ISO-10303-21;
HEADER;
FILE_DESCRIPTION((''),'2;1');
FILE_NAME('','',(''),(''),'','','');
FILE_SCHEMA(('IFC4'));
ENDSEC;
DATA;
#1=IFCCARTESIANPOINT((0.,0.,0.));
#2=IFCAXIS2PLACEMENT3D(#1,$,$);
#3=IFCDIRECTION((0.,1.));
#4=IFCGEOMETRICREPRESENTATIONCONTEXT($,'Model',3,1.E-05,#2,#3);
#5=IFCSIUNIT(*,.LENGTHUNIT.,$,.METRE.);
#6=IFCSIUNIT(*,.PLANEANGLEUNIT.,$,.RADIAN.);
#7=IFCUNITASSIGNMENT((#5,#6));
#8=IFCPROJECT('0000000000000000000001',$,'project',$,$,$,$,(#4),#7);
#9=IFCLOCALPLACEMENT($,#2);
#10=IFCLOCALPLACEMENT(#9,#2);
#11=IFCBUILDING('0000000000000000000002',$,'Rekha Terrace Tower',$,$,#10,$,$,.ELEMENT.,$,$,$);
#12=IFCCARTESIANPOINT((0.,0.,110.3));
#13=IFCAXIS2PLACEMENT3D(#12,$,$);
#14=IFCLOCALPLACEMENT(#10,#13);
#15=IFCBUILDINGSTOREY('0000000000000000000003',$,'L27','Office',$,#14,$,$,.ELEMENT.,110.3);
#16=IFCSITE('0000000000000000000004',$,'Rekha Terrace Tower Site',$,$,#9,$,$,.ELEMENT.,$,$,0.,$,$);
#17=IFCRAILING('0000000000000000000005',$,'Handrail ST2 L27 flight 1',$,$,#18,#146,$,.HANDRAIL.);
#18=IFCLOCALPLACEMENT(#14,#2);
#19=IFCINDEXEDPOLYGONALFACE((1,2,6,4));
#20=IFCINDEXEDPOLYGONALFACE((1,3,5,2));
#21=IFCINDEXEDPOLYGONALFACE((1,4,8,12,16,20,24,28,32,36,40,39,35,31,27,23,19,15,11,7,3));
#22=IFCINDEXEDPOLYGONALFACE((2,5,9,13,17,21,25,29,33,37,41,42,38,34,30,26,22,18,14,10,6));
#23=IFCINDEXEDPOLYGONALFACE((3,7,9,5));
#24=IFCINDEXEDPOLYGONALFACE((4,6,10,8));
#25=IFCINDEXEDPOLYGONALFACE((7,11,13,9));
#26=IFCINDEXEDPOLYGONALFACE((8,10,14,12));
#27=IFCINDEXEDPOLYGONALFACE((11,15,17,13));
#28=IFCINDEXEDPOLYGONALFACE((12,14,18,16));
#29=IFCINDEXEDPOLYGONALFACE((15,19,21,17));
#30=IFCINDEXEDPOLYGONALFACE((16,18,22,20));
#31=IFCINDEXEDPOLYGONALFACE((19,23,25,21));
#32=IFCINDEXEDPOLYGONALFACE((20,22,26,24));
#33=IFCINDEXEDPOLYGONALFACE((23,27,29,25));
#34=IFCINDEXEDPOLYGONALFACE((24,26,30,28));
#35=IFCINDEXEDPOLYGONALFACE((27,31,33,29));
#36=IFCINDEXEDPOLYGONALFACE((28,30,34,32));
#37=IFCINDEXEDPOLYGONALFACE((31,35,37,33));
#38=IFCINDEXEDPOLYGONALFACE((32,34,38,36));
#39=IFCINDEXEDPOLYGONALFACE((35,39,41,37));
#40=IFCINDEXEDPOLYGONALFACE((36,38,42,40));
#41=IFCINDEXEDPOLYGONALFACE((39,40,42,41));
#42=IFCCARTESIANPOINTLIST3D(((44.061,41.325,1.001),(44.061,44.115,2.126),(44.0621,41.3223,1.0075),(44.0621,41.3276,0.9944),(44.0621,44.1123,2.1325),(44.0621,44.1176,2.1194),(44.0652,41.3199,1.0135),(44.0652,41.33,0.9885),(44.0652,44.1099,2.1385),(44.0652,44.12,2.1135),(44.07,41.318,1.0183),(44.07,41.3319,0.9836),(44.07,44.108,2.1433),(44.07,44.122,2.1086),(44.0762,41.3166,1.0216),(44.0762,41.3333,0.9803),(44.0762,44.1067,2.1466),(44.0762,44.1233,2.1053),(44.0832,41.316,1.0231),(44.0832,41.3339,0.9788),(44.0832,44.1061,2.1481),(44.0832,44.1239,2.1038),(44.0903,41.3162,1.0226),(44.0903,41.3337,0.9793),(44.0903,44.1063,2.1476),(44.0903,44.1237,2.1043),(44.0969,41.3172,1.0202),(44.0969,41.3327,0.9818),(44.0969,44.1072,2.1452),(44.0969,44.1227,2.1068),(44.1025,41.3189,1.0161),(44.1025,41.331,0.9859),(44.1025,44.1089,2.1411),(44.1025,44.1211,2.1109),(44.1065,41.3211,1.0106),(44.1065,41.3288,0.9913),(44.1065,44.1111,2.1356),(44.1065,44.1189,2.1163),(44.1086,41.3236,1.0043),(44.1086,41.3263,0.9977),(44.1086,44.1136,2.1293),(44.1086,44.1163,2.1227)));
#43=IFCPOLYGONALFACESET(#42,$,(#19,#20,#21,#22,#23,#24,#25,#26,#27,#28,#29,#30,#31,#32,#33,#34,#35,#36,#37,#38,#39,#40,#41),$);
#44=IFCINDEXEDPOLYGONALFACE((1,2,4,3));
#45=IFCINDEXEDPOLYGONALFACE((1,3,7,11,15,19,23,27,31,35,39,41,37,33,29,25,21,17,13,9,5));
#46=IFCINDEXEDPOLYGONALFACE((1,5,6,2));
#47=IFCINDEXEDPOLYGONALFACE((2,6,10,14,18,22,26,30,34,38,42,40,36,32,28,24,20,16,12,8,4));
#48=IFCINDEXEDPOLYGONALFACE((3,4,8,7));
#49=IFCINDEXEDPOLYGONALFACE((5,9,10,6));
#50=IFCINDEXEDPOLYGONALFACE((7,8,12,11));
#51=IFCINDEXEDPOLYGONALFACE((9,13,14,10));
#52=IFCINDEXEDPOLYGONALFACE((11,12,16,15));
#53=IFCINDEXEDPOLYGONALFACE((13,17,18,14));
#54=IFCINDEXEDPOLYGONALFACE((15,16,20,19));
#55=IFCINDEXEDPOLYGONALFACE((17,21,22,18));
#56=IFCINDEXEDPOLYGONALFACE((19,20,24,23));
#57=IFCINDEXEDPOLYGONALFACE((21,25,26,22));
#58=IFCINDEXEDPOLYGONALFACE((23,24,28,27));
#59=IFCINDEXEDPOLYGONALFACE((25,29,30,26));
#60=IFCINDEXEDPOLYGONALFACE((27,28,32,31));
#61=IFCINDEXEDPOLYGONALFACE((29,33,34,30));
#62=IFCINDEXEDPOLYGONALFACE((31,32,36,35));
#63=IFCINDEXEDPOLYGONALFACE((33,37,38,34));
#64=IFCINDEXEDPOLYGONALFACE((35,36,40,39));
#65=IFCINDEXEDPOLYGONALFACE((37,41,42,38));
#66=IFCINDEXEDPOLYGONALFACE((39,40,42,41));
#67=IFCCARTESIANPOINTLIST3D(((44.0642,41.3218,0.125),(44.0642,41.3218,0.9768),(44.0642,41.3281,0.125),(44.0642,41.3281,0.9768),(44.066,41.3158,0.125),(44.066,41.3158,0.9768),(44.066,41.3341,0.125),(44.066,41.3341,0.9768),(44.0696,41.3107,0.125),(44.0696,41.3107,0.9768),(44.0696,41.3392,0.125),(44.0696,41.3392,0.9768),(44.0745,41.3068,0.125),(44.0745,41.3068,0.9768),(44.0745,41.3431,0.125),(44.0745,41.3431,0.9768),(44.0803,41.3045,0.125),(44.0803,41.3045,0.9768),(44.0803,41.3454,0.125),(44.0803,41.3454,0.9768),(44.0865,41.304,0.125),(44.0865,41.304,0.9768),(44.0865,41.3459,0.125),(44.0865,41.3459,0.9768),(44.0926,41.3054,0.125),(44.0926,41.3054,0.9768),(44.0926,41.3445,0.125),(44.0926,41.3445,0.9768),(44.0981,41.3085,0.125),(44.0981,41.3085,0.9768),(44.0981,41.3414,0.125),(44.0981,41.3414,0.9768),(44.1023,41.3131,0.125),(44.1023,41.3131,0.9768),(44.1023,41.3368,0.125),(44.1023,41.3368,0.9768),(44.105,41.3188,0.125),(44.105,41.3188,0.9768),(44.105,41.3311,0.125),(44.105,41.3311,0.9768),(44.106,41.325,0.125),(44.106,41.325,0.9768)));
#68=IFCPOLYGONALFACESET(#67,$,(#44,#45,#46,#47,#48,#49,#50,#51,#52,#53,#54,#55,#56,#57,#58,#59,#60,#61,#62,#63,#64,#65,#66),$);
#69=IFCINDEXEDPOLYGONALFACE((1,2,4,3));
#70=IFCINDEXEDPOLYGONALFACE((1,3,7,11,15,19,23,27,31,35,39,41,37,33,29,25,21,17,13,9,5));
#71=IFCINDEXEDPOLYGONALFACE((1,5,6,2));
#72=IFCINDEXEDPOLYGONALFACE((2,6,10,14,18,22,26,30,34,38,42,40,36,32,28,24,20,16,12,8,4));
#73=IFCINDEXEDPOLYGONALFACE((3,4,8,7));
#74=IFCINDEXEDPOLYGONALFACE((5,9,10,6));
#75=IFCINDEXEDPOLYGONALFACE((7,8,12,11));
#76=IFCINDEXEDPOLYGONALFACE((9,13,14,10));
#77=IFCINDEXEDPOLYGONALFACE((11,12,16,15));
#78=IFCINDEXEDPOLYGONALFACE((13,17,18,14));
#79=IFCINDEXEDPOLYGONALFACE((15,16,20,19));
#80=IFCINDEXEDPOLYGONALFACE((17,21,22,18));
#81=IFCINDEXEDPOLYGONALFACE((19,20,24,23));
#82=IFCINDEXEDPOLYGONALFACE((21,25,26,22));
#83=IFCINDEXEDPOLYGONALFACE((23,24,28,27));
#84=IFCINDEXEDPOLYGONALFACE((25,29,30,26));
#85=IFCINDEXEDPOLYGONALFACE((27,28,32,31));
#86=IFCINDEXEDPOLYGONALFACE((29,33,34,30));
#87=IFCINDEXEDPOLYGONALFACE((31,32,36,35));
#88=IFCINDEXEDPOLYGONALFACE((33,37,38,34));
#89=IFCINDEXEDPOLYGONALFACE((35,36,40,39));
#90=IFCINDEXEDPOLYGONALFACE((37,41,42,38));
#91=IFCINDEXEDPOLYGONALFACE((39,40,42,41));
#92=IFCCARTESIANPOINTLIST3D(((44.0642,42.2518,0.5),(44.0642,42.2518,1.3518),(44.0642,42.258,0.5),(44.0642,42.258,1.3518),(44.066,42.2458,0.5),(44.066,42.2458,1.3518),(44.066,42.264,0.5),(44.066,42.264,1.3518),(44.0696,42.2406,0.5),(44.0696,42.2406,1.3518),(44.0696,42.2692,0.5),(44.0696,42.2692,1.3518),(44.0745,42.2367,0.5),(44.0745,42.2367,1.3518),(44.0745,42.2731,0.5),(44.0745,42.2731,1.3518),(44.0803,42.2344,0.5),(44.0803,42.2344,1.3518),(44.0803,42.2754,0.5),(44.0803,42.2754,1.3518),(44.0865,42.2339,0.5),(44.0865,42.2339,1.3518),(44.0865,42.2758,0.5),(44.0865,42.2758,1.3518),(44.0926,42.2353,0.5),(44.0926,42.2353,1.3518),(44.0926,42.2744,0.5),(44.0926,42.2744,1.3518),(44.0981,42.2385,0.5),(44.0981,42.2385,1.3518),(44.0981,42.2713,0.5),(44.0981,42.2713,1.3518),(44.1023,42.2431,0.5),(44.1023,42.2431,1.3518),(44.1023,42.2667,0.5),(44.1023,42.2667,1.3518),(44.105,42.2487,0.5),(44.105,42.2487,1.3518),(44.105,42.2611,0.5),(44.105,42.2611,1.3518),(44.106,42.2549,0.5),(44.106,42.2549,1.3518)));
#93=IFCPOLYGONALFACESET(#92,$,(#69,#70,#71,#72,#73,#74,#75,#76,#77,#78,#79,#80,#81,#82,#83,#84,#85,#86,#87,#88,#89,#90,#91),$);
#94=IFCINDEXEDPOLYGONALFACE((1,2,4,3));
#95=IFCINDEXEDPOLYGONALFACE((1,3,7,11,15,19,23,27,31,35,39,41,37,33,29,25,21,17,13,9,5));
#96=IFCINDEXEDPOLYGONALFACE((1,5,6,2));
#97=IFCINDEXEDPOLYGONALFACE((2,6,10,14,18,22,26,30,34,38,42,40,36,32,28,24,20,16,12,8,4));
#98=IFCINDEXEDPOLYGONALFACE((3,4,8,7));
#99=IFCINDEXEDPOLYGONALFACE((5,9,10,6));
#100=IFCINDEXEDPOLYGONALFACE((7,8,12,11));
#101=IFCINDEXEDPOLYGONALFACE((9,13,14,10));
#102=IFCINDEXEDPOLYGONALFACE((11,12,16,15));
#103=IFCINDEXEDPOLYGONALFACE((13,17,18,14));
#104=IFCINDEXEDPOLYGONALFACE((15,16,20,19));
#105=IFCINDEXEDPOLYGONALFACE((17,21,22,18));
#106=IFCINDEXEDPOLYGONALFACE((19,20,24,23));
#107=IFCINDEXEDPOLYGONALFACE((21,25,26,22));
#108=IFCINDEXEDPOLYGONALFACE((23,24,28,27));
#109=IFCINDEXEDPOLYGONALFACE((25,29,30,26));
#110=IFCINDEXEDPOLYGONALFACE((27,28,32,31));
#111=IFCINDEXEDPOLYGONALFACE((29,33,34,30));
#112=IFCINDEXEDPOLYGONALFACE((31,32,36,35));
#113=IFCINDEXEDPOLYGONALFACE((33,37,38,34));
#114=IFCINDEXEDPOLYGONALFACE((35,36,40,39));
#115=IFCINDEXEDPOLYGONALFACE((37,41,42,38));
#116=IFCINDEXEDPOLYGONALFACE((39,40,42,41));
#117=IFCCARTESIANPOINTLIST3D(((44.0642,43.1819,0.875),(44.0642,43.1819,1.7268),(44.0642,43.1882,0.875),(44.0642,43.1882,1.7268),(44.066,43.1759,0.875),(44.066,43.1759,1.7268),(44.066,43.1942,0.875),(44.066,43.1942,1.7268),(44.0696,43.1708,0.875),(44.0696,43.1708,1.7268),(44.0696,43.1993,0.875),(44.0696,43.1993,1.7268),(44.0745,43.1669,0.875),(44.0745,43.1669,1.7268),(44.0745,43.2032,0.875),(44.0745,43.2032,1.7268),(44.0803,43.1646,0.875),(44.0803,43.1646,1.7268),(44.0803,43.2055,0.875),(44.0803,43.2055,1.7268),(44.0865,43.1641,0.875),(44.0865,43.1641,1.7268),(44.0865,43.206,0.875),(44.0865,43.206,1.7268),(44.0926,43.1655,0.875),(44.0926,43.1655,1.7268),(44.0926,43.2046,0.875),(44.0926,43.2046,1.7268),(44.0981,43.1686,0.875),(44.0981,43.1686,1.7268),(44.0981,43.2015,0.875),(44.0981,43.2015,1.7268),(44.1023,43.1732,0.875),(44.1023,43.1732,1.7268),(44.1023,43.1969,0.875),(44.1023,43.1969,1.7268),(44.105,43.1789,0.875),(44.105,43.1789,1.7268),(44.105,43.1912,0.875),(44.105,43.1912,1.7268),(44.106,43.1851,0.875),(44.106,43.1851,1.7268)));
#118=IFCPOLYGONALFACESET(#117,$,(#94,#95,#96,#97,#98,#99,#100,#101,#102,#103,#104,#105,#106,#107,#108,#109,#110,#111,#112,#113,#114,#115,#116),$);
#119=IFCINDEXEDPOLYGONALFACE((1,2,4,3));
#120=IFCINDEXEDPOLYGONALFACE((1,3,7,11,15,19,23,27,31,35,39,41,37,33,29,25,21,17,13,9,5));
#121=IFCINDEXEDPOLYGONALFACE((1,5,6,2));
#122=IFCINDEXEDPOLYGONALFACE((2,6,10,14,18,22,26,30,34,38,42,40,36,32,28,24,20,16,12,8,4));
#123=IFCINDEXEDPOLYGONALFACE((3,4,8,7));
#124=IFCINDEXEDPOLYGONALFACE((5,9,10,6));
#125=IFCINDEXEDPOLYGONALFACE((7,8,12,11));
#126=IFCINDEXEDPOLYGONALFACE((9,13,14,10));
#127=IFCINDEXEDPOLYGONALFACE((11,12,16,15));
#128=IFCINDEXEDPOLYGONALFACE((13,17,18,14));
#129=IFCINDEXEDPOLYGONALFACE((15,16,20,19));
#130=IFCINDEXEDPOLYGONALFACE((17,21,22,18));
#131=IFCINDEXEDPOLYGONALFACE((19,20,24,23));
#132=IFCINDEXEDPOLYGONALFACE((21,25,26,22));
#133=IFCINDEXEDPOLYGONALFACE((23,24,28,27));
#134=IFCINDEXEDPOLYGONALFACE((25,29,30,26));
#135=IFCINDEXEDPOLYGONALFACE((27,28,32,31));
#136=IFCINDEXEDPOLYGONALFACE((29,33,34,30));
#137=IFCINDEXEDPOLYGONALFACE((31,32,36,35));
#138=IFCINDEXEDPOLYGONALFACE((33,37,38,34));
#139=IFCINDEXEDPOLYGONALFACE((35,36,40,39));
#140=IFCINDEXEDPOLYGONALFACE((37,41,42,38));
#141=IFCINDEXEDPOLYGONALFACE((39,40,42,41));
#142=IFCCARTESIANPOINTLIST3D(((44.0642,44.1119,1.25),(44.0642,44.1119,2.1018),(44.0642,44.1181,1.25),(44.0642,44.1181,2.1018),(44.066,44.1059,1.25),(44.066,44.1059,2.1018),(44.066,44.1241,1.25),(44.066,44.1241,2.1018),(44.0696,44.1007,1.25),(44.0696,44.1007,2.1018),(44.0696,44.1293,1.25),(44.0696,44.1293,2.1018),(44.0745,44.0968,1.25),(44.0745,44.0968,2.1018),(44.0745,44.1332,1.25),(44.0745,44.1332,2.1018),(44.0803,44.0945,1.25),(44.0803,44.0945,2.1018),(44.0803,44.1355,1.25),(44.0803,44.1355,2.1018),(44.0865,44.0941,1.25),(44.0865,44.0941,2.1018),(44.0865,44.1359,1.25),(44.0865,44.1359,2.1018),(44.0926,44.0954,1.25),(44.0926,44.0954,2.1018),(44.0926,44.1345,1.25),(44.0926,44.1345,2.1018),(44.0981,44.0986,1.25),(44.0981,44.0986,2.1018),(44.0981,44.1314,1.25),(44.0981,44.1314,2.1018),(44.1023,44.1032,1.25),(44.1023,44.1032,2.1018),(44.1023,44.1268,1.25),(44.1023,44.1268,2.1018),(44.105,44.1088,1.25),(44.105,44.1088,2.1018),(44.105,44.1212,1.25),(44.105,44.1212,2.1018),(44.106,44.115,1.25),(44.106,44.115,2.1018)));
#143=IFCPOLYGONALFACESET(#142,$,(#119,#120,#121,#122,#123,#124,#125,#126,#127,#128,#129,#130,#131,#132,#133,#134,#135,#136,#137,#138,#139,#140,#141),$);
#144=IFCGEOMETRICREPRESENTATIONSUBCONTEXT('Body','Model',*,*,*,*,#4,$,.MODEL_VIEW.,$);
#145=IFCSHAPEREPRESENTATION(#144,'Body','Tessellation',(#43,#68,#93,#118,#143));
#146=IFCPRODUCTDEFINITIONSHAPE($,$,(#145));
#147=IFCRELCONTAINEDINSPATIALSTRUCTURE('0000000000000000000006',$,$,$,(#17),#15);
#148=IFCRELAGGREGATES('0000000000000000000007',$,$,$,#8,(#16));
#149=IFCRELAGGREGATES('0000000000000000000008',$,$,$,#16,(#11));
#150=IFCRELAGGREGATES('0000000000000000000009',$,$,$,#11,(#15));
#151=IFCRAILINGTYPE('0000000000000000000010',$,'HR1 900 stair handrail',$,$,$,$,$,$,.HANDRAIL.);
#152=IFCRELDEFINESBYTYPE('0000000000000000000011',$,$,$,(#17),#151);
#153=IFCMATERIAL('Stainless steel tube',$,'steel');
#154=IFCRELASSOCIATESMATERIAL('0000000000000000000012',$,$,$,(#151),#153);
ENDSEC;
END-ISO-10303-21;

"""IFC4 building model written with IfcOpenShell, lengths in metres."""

from ifc_helpers import new_model, si_unit, direction, frame, origin, origin_2d, place, context, subcontext, project, spatial, circle, extrude, material, type_object, element, save


model = new_model("IFC4")

# Units and contexts
model_context = context("Model", 3, precision=1e-05, world=origin(), true_north=direction((0.0, 1.0)))
body_context = subcontext(model_context, "Body", "Model", "MODEL_VIEW")
ifc_project = project(units=[si_unit("LENGTHUNIT", "METRE"), si_unit("PLANEANGLEUNIT", "RADIAN")], contexts=[model_context])

# Site, building, storey
site_placement = place(None, origin())
site = spatial("IfcSite", under=ifc_project, at=site_placement, Name="Rekha Terrace Tower Site", CompositionType="ELEMENT", RefElevation=0.0)
building_placement = place(site_placement, origin())
building = spatial("IfcBuilding", under=site, at=building_placement, Name="Rekha Terrace Tower", CompositionType="ELEMENT")
storey_placement = place(building_placement, frame((0.0, 0.0, 110.3)))
storey = spatial("IfcBuildingStorey", under=building, at=storey_placement, Name="L27", Description="Office", CompositionType="ELEMENT", Elevation=110.3)

# Railing
ifc_material_1 = material(Name="Stainless steel tube", Category="steel")
railing_type_1 = type_object("IfcRailingType", Name="HR1 900 stair handrail", PredefinedType="HANDRAIL", material=ifc_material_1)
railing_1_placement = place(storey_placement, frame((44.085, 41.325, 0.125)))
element("IfcRailing", 1, at=railing_1_placement, inside=storey, type_object=railing_type_1, Name="Handrail ST2 L27 flight 1", PredefinedType="HANDRAIL", context=body_context, shape_type="SweptSolid", body=[
    extrude(circle(Radius=0.0239, at=origin_2d()), frame((0.0, 0.0, 0.876), z_axis=(0.0, 0.927443, 0.373964), x_axis=(-1.0, 0.0, 0.0)), (0.0, 0.0, 1.0), 3.0083),
    extrude(circle(Radius=0.021, at=origin_2d()), origin(), (0.0, 0.0, 1.0), 0.8518),
    extrude(circle(Radius=0.021, at=origin_2d()), frame((0.0, 0.9299, 0.375)), (0.0, 0.0, 1.0), 0.8518),
    extrude(circle(Radius=0.021, at=origin_2d()), frame((0.0, 1.8601, 0.75)), (0.0, 0.0, 1.0), 0.8518),
    extrude(circle(Radius=0.021, at=origin_2d()), frame((0.0, 2.79, 1.125)), (0.0, 0.0, 1.0), 0.8518),
])

save(model, "model.ifc")
